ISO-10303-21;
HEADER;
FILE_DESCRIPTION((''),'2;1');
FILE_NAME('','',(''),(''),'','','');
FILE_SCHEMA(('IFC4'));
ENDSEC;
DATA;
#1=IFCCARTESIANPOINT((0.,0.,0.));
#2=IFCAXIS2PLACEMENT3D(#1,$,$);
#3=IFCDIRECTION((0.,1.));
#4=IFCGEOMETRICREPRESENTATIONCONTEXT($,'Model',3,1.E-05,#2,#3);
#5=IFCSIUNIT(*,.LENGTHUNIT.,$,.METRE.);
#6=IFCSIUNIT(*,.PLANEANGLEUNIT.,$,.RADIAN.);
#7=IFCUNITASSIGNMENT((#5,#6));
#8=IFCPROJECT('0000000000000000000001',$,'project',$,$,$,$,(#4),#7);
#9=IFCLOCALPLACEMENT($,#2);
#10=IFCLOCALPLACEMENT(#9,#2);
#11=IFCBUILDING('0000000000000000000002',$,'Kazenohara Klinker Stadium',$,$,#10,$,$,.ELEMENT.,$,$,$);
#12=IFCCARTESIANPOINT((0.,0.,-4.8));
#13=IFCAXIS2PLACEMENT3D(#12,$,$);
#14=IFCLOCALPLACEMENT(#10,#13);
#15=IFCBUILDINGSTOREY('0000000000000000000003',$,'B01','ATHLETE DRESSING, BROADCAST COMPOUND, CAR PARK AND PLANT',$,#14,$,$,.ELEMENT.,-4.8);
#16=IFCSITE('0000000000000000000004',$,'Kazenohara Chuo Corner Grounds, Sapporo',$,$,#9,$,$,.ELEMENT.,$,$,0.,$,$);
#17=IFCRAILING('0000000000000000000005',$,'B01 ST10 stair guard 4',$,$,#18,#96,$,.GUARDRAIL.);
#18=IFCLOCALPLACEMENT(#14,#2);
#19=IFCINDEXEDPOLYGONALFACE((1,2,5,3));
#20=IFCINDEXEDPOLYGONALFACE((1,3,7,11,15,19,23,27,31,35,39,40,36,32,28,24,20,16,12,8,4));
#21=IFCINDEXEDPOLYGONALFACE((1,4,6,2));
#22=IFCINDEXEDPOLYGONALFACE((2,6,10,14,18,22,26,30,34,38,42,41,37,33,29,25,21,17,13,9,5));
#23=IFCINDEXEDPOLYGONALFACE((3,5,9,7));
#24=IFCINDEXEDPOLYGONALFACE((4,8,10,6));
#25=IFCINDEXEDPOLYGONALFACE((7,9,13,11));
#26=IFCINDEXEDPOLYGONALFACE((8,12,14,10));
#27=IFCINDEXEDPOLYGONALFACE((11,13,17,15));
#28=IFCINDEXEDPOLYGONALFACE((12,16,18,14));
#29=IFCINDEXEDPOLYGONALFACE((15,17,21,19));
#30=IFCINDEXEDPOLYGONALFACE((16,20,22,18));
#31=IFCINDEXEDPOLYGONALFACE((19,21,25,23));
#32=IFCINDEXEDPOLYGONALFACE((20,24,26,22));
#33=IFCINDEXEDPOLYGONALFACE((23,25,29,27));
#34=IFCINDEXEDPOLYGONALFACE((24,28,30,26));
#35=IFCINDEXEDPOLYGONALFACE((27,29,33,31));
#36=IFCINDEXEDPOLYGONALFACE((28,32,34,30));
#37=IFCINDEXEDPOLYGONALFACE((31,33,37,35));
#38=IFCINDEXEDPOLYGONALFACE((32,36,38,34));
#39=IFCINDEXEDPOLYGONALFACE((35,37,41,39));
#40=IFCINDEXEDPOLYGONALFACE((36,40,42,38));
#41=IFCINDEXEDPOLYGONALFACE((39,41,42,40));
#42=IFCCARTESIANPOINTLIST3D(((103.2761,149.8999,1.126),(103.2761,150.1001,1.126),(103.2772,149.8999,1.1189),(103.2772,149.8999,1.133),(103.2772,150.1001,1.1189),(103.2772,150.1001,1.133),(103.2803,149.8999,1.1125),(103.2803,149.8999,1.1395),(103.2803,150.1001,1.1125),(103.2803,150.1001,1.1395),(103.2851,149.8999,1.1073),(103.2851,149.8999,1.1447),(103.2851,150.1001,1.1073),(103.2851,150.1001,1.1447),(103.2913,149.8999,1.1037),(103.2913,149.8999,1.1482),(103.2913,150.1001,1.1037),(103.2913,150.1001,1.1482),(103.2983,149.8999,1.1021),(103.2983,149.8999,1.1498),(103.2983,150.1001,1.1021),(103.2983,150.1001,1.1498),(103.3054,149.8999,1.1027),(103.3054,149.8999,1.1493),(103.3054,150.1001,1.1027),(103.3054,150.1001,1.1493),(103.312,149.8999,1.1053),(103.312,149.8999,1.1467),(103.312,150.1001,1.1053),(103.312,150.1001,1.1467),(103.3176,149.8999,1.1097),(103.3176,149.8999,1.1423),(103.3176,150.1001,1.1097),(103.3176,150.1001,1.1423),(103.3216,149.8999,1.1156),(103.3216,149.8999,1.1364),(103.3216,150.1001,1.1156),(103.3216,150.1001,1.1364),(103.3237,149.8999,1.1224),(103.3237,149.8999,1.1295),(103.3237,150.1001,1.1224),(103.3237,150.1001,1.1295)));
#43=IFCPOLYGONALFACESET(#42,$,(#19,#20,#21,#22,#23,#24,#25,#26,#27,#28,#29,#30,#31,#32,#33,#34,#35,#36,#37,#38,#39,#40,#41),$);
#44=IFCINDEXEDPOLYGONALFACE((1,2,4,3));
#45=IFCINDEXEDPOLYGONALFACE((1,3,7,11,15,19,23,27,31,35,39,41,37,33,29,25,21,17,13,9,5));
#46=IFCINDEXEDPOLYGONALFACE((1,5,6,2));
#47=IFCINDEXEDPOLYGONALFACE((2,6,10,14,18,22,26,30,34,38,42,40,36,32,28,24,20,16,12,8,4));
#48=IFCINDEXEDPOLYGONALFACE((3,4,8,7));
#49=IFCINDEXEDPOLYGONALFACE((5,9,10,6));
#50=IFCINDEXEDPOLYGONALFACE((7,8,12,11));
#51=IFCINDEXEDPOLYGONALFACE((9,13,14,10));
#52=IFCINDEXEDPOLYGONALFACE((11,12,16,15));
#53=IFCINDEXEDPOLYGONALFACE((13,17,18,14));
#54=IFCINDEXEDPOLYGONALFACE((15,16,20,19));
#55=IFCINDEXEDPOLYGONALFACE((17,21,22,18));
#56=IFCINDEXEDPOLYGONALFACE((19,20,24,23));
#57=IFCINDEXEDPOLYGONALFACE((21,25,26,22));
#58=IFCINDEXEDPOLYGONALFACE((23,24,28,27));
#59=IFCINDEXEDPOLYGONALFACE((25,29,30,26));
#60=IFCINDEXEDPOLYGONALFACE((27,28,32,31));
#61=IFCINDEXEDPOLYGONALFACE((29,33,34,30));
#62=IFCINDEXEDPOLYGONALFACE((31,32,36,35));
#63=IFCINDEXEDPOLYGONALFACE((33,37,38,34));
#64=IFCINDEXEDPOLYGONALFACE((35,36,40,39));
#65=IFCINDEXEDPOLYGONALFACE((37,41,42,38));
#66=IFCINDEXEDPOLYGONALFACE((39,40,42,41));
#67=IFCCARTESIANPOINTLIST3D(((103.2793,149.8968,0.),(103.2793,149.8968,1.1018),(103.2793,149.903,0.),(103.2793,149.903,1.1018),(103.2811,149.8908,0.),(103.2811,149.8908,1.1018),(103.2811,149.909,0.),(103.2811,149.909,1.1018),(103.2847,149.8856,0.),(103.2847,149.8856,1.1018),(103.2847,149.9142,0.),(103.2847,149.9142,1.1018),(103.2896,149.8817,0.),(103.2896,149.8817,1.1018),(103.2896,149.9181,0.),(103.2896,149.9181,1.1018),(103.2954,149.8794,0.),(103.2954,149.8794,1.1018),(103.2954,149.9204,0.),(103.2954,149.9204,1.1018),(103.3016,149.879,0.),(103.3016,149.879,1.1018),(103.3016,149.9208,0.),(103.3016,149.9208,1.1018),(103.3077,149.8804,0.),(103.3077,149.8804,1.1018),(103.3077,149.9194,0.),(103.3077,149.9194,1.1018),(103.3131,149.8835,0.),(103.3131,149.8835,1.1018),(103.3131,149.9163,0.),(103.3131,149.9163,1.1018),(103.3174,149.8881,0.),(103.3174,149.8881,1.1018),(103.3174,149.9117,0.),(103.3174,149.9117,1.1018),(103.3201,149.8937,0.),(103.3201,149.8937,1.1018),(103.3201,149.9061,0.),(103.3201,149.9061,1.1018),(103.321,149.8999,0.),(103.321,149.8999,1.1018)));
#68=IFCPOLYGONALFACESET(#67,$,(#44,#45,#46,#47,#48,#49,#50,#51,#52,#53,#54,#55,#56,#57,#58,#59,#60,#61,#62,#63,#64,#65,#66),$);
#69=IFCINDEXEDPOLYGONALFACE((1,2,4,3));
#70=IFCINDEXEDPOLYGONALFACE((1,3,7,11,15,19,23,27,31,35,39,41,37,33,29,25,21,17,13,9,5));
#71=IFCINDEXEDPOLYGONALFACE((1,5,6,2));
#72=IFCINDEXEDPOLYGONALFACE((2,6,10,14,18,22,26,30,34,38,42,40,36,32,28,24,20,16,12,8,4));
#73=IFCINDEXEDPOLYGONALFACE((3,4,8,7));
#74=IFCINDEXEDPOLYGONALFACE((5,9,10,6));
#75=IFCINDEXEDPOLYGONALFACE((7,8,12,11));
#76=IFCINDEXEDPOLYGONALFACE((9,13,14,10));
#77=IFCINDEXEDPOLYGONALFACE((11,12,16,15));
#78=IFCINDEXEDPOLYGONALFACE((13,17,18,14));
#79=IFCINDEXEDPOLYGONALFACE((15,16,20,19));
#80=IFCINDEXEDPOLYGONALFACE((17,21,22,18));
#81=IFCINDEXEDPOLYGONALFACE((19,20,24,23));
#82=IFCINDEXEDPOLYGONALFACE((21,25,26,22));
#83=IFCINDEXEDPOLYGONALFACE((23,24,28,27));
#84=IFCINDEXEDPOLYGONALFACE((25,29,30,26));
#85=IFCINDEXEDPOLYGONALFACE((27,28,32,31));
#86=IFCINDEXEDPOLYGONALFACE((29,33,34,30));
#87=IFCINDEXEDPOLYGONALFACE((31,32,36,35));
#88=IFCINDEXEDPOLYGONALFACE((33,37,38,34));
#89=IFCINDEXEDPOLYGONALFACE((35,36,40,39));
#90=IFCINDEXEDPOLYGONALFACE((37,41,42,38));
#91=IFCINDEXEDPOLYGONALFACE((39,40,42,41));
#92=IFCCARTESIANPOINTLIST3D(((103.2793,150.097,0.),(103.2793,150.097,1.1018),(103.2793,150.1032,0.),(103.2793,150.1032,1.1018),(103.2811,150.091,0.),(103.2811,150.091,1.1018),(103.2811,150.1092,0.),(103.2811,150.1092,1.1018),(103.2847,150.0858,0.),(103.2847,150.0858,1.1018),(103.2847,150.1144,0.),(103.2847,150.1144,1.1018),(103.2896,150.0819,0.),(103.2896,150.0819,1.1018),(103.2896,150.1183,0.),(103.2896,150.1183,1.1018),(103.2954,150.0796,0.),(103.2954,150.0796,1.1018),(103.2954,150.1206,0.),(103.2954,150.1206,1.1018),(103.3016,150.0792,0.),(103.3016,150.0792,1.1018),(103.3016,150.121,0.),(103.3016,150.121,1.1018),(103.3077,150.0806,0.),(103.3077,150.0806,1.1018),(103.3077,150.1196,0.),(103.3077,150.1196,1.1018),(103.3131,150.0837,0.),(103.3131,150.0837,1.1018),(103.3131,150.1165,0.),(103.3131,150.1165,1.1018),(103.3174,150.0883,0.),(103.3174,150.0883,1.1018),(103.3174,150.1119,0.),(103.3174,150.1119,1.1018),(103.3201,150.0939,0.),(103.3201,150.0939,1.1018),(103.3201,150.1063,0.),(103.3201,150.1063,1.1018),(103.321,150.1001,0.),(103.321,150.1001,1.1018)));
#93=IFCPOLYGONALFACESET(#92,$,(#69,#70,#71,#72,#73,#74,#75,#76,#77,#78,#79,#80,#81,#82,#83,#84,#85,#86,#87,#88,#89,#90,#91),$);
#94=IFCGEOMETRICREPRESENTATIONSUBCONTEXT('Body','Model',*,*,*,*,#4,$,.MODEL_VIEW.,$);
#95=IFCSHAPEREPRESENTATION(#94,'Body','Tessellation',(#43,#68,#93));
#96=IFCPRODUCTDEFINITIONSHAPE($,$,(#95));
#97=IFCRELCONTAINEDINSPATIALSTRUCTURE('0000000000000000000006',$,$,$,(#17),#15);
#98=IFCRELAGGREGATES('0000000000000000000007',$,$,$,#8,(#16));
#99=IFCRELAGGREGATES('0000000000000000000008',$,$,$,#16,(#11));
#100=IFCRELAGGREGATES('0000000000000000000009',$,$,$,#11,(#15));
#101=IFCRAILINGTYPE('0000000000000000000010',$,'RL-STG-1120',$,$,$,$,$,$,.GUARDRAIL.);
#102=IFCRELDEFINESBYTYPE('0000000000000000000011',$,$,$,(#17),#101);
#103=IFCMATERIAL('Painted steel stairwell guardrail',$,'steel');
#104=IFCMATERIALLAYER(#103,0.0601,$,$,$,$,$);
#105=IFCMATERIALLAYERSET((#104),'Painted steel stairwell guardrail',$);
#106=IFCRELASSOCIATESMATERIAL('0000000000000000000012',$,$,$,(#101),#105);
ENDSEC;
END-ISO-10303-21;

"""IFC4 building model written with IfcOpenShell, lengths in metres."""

from ifc_helpers import new_model, si_unit, direction, frame, origin, origin_2d, place, context, subcontext, project, spatial, circle, extrude, material, layer, layer_set, type_object, element, save


model = new_model("IFC4")

# Units and contexts
model_context = context("Model", 3, precision=1e-05, world=origin(), true_north=direction((0.0, 1.0)))
body_context = subcontext(model_context, "Body", "Model", "MODEL_VIEW")
ifc_project = project(units=[si_unit("LENGTHUNIT", "METRE"), si_unit("PLANEANGLEUNIT", "RADIAN")], contexts=[model_context])

# Site, building, storey
site_placement = place(None, origin())
site = spatial("IfcSite", under=ifc_project, at=site_placement, Name="Kazenohara Chuo Corner Grounds, Sapporo", CompositionType="ELEMENT", RefElevation=0.0)
building_placement = place(site_placement, origin())
building = spatial("IfcBuilding", under=site, at=building_placement, Name="Kazenohara Klinker Stadium", CompositionType="ELEMENT")
storey_placement = place(building_placement, frame((0.0, 0.0, -4.8)))
storey = spatial("IfcBuildingStorey", under=building, at=storey_placement, Name="B01", Description="ATHLETE DRESSING, BROADCAST COMPOUND, CAR PARK AND PLANT", CompositionType="ELEMENT", Elevation=-4.8)

# Railing
ifc_material_1 = material(Name="Painted steel stairwell guardrail", Category="steel")
ifc_layer_1 = layer(ifc_material_1, 0.0601)
ifc_layer_set_1 = layer_set([ifc_layer_1], Name="Painted steel stairwell guardrail")
railing_type_1 = type_object("IfcRailingType", Name="RL-STG-1120", PredefinedType="GUARDRAIL", material=ifc_layer_set_1)
railing_1_placement = place(storey_placement, frame((103.3, 149.8999, 0.0)))
element("IfcRailing", 1, at=railing_1_placement, inside=storey, type_object=railing_type_1, Name="B01 ST10 stair guard 4", PredefinedType="GUARDRAIL", context=body_context, shape_type="SweptSolid", body=[
    extrude(circle(Radius=0.0239, at=origin_2d()), frame((0.0, 0.0, 1.126), z_axis=(0.0, 1.0, 0.0), x_axis=(-1.0, 0.0, 0.0)), (0.0, 0.0, 1.0), 0.2002),
    extrude(circle(Radius=0.021, at=origin_2d()), origin(), (0.0, 0.0, 1.0), 1.1018),
    extrude(circle(Radius=0.021, at=origin_2d()), frame((0.0, 0.2002, 0.0)), (0.0, 0.0, 1.0), 1.1018),
])

save(model, "model.ifc")
